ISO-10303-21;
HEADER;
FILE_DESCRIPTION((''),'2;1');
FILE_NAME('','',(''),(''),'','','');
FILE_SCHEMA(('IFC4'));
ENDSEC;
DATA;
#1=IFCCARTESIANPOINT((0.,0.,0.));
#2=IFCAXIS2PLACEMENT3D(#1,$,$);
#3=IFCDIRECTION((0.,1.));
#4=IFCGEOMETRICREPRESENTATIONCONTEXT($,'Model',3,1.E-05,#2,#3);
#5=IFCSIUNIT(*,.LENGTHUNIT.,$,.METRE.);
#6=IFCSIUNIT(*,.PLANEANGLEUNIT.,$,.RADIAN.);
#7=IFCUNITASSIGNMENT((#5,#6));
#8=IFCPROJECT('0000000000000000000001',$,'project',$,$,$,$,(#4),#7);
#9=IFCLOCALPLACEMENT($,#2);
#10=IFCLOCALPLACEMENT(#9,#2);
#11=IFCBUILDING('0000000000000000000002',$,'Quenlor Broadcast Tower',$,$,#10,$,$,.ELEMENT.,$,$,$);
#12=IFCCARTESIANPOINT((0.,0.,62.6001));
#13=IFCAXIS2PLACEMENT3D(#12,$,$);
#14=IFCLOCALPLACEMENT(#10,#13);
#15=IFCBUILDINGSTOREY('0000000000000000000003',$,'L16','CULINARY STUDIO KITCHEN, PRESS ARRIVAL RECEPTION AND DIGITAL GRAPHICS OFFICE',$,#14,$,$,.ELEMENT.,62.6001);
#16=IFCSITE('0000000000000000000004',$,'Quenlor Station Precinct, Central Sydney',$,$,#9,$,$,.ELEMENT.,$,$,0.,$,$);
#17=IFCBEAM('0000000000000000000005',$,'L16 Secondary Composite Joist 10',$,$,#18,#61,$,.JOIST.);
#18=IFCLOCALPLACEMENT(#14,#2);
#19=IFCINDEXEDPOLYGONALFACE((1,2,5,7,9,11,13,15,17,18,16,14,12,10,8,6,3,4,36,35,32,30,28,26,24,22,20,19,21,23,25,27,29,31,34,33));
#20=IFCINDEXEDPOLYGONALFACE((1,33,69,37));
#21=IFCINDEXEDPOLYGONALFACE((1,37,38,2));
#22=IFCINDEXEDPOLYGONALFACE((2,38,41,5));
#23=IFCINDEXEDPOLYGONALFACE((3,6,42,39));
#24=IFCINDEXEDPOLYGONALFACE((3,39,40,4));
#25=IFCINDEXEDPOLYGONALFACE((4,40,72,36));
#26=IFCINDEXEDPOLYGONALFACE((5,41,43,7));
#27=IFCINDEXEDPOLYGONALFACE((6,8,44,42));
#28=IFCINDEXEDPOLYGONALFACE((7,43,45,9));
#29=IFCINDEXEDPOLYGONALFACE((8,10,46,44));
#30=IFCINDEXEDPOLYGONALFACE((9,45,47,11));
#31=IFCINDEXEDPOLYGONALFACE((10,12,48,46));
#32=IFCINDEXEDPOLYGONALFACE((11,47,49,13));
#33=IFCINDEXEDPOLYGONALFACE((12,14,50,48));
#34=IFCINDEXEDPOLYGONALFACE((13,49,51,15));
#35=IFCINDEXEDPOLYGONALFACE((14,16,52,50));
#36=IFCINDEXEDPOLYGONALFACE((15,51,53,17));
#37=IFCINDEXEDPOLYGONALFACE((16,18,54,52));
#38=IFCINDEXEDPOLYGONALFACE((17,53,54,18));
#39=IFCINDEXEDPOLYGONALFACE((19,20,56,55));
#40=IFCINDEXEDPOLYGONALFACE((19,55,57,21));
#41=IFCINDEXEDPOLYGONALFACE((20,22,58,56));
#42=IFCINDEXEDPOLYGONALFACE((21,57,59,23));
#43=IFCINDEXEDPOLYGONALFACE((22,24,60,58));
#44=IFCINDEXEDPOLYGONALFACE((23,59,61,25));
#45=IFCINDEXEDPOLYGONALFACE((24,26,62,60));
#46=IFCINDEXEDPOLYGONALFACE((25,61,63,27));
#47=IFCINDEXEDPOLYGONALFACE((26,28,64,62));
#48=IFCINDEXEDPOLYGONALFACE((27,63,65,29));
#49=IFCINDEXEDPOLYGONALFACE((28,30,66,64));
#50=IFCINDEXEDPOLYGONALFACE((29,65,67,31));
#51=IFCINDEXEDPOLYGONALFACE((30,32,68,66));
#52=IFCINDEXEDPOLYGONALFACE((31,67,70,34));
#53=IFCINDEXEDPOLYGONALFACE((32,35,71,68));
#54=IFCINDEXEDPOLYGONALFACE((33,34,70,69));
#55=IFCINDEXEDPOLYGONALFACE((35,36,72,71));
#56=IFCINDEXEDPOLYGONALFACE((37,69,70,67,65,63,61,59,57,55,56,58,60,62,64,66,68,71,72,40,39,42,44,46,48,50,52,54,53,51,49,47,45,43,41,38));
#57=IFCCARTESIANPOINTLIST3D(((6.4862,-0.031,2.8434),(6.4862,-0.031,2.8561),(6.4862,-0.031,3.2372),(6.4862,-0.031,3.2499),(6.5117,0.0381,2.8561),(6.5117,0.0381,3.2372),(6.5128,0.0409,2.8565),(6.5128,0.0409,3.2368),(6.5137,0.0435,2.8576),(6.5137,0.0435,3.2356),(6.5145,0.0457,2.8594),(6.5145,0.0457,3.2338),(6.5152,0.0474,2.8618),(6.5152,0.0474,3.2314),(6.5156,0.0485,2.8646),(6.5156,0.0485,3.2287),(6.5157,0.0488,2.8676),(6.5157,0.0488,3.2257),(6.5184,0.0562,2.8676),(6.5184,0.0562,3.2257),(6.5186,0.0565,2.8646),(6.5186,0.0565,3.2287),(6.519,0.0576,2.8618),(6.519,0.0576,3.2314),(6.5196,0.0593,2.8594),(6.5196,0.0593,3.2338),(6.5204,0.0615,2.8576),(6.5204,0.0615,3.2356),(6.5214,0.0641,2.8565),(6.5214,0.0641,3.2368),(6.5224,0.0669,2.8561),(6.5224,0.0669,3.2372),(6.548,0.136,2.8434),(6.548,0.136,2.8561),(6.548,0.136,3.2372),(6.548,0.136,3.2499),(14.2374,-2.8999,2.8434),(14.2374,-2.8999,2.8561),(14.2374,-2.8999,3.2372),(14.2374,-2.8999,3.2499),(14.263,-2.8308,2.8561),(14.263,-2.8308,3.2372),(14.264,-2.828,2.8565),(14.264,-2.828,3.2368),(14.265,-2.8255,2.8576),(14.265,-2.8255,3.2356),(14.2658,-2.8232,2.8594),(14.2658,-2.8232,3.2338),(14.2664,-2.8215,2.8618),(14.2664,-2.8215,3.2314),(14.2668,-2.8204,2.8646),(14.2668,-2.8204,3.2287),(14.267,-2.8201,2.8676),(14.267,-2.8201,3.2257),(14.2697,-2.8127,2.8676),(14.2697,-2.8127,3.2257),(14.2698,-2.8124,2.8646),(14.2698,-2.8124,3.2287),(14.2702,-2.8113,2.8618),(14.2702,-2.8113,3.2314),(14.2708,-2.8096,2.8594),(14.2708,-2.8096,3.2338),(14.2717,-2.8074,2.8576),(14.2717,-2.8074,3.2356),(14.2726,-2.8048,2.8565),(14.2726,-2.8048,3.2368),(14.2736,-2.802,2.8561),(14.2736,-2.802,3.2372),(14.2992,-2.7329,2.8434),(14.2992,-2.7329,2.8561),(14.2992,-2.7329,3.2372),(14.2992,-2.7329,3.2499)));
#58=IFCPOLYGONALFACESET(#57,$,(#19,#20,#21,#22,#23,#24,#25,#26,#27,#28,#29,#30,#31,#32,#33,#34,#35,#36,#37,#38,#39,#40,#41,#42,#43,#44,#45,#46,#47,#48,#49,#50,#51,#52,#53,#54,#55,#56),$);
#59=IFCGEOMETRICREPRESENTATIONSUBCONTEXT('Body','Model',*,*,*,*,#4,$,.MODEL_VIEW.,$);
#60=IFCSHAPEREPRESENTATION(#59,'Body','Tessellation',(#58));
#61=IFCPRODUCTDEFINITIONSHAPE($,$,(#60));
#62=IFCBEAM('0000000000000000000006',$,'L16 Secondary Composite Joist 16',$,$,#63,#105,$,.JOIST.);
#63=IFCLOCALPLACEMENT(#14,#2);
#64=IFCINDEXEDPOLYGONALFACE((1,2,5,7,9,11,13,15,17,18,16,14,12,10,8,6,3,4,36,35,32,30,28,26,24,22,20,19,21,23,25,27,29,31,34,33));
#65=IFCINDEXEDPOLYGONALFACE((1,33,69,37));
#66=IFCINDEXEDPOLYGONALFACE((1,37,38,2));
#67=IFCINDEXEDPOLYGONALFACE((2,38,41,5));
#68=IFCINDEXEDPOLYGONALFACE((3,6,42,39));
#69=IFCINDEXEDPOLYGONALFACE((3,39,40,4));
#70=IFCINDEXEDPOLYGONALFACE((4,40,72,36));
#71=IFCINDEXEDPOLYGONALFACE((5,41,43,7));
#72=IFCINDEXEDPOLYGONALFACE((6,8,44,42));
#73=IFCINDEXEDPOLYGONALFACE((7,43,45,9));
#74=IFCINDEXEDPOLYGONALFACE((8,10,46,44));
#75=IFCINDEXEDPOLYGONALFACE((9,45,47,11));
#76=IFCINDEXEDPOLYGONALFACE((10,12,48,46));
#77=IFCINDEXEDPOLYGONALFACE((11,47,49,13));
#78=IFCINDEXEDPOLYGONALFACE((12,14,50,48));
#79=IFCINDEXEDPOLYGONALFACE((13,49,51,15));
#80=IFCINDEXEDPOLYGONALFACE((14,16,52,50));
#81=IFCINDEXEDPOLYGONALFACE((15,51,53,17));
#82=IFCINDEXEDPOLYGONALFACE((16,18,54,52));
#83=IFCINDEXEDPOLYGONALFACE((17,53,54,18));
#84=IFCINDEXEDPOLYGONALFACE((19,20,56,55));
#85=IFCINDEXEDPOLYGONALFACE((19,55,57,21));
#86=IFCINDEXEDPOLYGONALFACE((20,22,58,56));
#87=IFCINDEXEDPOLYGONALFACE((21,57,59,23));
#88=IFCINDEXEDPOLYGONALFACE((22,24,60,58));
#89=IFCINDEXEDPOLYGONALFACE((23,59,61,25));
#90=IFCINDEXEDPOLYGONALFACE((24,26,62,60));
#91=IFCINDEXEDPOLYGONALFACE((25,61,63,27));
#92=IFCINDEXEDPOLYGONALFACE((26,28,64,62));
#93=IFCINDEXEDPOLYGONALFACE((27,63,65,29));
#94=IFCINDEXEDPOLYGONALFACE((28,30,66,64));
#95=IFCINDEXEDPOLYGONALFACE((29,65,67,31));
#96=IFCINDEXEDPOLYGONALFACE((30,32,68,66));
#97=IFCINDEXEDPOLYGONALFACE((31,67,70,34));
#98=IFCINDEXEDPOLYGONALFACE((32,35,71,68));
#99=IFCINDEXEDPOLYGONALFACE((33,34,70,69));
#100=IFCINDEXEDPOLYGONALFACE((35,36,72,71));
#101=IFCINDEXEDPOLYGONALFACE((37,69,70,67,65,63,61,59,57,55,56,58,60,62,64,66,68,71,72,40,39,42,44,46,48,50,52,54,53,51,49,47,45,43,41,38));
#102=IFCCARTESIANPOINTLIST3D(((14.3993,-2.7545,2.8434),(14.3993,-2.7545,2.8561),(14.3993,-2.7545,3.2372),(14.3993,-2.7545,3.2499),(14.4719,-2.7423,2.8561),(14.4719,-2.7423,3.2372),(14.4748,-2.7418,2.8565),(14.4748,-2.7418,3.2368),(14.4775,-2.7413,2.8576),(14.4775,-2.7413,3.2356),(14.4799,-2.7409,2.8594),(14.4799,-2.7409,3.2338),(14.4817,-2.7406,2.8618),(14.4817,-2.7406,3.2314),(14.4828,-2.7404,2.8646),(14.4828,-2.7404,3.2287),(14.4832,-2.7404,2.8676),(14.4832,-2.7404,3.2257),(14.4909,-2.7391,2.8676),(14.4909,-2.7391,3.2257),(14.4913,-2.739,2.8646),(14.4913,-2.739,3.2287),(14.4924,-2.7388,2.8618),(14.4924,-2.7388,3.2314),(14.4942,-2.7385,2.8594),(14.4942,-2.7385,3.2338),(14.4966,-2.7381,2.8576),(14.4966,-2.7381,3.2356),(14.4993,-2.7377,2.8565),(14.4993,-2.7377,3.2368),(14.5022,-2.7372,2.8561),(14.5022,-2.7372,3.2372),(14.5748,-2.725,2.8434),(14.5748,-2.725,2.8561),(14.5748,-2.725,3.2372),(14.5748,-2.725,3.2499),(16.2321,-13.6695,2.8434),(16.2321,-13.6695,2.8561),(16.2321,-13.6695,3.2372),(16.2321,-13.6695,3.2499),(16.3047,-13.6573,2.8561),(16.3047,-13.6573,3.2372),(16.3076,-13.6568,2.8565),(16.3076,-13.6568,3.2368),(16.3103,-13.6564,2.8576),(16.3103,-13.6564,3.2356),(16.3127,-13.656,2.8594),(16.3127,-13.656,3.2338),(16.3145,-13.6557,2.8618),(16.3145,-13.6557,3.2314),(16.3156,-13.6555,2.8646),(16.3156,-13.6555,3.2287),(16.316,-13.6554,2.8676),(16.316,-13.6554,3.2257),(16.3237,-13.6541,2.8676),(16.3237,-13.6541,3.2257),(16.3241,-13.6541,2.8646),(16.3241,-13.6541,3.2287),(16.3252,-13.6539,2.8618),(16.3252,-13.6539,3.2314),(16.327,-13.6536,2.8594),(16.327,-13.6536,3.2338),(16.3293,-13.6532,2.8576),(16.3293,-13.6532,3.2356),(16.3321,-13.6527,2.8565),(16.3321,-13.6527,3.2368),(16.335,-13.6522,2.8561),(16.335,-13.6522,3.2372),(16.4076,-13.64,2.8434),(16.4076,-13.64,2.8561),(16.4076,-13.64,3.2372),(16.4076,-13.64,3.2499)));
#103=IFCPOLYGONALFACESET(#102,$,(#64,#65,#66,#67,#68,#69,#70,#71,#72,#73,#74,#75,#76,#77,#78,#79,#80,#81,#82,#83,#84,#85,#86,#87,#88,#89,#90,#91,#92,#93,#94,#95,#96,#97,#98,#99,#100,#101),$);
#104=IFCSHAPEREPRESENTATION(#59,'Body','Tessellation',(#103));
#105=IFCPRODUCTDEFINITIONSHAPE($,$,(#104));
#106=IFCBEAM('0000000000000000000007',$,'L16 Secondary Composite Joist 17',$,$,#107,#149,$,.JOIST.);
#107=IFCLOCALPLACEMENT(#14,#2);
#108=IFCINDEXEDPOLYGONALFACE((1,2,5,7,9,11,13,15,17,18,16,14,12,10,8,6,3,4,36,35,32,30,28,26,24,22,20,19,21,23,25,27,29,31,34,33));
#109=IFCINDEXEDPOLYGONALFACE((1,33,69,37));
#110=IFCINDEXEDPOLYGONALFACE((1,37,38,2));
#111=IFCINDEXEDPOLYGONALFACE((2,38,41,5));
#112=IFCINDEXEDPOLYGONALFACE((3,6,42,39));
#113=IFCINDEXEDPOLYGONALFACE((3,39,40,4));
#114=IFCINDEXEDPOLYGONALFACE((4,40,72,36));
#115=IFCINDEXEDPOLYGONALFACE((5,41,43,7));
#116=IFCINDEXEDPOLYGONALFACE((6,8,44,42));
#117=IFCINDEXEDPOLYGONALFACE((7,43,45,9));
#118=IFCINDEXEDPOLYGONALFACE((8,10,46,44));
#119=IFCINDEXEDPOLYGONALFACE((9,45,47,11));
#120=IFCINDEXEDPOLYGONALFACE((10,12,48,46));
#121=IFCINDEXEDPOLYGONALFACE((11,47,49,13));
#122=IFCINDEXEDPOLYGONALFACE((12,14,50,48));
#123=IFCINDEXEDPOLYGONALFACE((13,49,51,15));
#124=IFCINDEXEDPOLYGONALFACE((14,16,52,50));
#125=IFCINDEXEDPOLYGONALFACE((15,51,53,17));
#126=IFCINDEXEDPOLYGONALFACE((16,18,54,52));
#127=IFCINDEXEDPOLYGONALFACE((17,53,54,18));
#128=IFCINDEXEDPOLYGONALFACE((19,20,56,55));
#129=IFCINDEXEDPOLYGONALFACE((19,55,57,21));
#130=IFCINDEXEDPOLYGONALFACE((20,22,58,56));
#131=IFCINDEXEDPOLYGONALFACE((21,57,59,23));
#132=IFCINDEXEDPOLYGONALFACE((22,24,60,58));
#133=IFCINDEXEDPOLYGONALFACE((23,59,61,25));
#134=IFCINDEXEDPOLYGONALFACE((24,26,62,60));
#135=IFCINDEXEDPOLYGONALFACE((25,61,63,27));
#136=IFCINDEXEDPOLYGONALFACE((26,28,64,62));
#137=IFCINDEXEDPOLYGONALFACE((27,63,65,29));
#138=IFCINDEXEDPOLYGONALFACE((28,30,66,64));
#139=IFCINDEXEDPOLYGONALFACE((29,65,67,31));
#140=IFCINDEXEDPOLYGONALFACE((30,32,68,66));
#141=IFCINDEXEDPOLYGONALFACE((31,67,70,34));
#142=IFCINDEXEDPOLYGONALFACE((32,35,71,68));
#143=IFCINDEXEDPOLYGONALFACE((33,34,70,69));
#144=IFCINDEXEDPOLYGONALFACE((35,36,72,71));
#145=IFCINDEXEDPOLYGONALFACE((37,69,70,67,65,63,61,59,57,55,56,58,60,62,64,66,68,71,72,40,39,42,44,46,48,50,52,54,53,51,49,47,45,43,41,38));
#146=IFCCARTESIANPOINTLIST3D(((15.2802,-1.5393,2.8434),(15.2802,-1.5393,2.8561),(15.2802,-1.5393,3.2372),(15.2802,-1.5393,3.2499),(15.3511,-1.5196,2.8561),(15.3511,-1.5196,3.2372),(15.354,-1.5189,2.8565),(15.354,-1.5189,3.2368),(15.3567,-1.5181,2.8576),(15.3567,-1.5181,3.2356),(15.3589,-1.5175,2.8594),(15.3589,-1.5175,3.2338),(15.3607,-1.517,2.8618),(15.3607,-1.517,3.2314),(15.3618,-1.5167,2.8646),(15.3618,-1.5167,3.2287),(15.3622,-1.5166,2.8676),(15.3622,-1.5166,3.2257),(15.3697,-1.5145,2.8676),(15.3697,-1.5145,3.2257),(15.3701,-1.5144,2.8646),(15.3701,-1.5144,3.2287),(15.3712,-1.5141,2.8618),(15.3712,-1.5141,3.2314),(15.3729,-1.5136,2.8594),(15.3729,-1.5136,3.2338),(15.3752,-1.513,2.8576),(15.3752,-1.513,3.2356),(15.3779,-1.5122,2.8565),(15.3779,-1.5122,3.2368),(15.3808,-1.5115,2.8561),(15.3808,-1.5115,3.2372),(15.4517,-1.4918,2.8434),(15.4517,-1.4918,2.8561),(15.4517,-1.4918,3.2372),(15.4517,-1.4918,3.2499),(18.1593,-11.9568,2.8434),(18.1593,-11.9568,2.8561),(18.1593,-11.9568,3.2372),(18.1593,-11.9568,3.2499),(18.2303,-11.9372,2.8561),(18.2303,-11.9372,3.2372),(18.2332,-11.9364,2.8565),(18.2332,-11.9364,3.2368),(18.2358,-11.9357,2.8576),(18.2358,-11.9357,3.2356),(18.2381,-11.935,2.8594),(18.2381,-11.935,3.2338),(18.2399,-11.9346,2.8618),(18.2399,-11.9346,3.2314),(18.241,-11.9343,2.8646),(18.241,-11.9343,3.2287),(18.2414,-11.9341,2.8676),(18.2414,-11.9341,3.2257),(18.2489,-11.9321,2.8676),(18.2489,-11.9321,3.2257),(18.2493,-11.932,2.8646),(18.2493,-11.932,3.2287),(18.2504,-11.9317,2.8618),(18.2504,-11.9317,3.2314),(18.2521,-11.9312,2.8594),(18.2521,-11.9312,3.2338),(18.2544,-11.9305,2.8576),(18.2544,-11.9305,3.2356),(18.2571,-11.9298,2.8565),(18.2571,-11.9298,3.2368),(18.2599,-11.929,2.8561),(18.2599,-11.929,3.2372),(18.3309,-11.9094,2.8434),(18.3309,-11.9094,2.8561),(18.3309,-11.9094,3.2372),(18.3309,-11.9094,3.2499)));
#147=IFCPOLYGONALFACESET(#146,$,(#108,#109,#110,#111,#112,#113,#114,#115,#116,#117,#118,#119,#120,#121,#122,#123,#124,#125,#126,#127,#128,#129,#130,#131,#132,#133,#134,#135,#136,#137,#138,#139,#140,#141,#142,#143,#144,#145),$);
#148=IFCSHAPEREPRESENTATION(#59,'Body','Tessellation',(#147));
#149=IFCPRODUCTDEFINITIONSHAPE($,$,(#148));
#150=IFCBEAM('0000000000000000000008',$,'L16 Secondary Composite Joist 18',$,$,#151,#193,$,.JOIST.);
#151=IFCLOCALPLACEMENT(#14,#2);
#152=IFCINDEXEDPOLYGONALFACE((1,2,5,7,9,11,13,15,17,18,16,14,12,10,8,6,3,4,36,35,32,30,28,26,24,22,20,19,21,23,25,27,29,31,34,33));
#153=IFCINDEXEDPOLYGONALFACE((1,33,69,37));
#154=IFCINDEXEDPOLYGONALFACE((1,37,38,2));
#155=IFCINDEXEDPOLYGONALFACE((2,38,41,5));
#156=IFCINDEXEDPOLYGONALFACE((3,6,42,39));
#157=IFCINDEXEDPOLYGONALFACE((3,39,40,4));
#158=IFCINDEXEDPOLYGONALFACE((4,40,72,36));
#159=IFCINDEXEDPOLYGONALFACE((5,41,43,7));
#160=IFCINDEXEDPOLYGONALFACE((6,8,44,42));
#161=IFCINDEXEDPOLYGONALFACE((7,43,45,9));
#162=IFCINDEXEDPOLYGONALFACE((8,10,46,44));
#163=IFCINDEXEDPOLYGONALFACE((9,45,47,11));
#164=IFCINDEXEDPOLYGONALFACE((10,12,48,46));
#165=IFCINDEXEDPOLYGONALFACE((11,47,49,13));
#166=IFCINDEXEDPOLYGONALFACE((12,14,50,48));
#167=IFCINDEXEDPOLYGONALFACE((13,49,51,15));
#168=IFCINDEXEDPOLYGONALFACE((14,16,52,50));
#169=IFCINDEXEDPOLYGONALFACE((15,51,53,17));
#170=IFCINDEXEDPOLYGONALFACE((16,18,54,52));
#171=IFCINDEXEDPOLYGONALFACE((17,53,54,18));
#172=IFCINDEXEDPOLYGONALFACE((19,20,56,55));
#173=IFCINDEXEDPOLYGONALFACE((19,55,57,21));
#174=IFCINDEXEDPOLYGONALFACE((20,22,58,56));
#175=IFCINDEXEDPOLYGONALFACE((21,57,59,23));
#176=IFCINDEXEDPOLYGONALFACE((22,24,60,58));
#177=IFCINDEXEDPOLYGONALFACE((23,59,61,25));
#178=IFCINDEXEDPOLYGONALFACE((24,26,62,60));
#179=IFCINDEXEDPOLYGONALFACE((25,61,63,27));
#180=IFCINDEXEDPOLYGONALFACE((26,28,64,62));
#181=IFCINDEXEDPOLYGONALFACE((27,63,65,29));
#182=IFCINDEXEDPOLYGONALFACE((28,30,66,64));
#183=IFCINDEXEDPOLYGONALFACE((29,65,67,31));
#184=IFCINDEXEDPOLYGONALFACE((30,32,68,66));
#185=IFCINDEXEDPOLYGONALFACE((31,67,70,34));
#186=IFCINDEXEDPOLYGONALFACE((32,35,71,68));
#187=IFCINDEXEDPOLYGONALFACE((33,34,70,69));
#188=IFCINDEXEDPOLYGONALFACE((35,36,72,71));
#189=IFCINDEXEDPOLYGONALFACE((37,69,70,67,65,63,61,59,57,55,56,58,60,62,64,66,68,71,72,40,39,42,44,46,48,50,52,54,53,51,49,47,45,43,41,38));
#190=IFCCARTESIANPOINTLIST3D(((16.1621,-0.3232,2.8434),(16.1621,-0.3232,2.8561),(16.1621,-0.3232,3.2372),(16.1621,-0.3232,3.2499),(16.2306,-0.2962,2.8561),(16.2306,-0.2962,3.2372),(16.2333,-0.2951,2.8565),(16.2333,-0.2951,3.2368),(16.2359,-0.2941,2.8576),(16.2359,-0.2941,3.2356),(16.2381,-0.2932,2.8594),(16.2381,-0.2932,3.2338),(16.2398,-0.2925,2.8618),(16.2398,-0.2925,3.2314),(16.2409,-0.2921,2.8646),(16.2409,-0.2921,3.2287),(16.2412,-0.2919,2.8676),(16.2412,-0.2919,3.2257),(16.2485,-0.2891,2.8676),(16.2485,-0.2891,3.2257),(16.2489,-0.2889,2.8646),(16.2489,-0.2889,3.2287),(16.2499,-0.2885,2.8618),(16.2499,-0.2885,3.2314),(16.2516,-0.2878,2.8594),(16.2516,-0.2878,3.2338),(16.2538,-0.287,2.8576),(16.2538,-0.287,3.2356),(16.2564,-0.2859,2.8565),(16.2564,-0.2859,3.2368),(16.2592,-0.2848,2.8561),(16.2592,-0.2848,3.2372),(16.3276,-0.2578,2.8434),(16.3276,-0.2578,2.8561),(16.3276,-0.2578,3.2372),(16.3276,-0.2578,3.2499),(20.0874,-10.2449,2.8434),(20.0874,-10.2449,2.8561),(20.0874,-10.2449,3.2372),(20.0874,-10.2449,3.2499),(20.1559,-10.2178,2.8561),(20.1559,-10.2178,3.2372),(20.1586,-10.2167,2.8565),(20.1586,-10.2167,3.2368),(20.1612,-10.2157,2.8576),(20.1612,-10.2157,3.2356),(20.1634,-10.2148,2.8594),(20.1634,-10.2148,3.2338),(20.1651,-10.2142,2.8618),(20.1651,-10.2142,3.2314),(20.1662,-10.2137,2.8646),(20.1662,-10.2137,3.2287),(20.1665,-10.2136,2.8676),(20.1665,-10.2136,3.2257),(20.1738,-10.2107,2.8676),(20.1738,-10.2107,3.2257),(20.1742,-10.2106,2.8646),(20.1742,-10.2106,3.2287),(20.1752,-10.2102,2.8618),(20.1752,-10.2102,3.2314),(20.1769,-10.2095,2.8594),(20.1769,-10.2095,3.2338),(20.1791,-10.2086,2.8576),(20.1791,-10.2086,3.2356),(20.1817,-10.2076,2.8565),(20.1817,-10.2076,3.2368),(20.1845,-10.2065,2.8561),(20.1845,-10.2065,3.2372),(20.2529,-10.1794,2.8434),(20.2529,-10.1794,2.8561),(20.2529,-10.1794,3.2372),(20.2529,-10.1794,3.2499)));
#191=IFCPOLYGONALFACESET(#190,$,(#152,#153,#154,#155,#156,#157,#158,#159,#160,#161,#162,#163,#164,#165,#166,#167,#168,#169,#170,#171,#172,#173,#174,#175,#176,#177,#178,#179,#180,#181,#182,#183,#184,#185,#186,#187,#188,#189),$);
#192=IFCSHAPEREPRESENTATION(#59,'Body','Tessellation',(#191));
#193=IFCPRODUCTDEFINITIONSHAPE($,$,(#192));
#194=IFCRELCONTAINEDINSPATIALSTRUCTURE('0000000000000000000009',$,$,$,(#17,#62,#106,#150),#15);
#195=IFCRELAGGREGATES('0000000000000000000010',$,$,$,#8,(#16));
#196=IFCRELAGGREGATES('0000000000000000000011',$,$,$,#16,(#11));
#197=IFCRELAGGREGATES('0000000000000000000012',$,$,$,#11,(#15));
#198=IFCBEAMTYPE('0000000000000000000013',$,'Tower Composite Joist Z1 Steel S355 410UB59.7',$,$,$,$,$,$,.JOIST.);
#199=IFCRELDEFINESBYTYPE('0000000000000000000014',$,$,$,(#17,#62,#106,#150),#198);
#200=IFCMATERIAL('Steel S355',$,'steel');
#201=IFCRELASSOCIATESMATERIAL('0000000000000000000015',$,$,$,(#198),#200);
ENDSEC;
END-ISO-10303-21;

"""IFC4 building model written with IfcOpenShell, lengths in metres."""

from ifc_helpers import new_model, si_unit, direction, frame, origin, origin_2d, place, context, subcontext, project, spatial, i_section, extrude, material, material_profile, profile_set, type_object, element, save


model = new_model("IFC4")

# Units and contexts
model_context = context("Model", 3, precision=1e-05, world=origin(), true_north=direction((0.0, 1.0)))
body_context = subcontext(model_context, "Body", "Model", "MODEL_VIEW")
ifc_project = project(units=[si_unit("LENGTHUNIT", "METRE"), si_unit("PLANEANGLEUNIT", "RADIAN")], contexts=[model_context])

# Site, building, storey
site_placement = place(None, origin())
site = spatial("IfcSite", under=ifc_project, at=site_placement, Name="Quenlor Station Precinct, Central Sydney", CompositionType="ELEMENT", RefElevation=0.0)
building_placement = place(site_placement, origin())
building = spatial("IfcBuilding", under=site, at=building_placement, Name="Quenlor Broadcast Tower", CompositionType="ELEMENT")
storey_placement = place(building_placement, frame((0.0, 0.0, 62.6001)))
storey = spatial("IfcBuildingStorey", under=building, at=storey_placement, Name="L16", Description="CULINARY STUDIO KITCHEN, PRESS ARRIVAL RECEPTION AND DIGITAL GRAPHICS OFFICE", CompositionType="ELEMENT", Elevation=62.6001)

# Beams
ifc_material_1 = material(Name="Steel S355", Category="steel")
ifc_material_profile_1 = material_profile(ifc_material_1, i_section(OverallWidth=0.178, OverallDepth=0.4065, WebThickness=0.0078, FlangeThickness=0.0127, FilletRadius=0.0115, at=origin_2d()))
ifc_profile_set_1 = profile_set([ifc_material_profile_1], Name="Steel S355 410UB59.7")
beam_type_1 = type_object("IfcBeamType", Name="Tower Composite Joist Z1 Steel S355 410UB59.7", PredefinedType="JOIST", material=ifc_profile_set_1)
beam_1_placement = place(storey_placement, frame((14.2683, -2.8164, 3.0466), z_axis=(-0.937825, 0.347109, 0.0), x_axis=(-0.347109, -0.937825, 0.0)))
element("IfcBeam", 1, at=beam_1_placement, inside=storey, type_object=beam_type_1, Name="L16 Secondary Composite Joist 10", PredefinedType="JOIST", context=body_context, shape_type="SweptSolid", body=[
    extrude(i_section(OverallWidth=0.178, OverallDepth=0.4065, WebThickness=0.0078, FlangeThickness=0.0127, FilletRadius=0.0115, at=origin_2d()), origin(), (0.0, 0.0, 1.0), 8.2651),
])
beam_2_placement = place(storey_placement, frame((16.3198, -13.6548, 3.0466), z_axis=(-0.165594, 0.986194, 0.0), x_axis=(-0.986194, -0.165594, 0.0)))
element("IfcBeam", 2, at=beam_2_placement, inside=storey, type_object=beam_type_1, Name="L16 Secondary Composite Joist 16", PredefinedType="JOIST", context=body_context, shape_type="SweptSolid", body=[
    extrude(i_section(OverallWidth=0.178, OverallDepth=0.4065, WebThickness=0.0078, FlangeThickness=0.0127, FilletRadius=0.0115, at=origin_2d()), origin(), (0.0, 0.0, 1.0), 11.0679),
])
beam_3_placement = place(storey_placement, frame((18.2451, -11.9331, 3.0466), z_axis=(-0.26639, 0.963865, 0.0), x_axis=(-0.963865, -0.26639, 0.0)))
element("IfcBeam", 3, at=beam_3_placement, inside=storey, type_object=beam_type_1, Name="L16 Secondary Composite Joist 17", PredefinedType="JOIST", context=body_context, shape_type="SweptSolid", body=[
    extrude(i_section(OverallWidth=0.178, OverallDepth=0.4065, WebThickness=0.0078, FlangeThickness=0.0127, FilletRadius=0.0115, at=origin_2d()), origin(), (0.0, 0.0, 1.0), 10.8081),
])
beam_4_placement = place(storey_placement, frame((20.1702, -10.2122, 3.0466), z_axis=(-0.367885, 0.929871, 0.0), x_axis=(-0.929871, -0.367885, 0.0)))
element("IfcBeam", 4, at=beam_4_placement, inside=storey, type_object=beam_type_1, Name="L16 Secondary Composite Joist 18", PredefinedType="JOIST", context=body_context, shape_type="SweptSolid", body=[
    extrude(i_section(OverallWidth=0.178, OverallDepth=0.4065, WebThickness=0.0078, FlangeThickness=0.0127, FilletRadius=0.0115, at=origin_2d()), origin(), (0.0, 0.0, 1.0), 10.6699),
])

save(model, "model.ifc")
